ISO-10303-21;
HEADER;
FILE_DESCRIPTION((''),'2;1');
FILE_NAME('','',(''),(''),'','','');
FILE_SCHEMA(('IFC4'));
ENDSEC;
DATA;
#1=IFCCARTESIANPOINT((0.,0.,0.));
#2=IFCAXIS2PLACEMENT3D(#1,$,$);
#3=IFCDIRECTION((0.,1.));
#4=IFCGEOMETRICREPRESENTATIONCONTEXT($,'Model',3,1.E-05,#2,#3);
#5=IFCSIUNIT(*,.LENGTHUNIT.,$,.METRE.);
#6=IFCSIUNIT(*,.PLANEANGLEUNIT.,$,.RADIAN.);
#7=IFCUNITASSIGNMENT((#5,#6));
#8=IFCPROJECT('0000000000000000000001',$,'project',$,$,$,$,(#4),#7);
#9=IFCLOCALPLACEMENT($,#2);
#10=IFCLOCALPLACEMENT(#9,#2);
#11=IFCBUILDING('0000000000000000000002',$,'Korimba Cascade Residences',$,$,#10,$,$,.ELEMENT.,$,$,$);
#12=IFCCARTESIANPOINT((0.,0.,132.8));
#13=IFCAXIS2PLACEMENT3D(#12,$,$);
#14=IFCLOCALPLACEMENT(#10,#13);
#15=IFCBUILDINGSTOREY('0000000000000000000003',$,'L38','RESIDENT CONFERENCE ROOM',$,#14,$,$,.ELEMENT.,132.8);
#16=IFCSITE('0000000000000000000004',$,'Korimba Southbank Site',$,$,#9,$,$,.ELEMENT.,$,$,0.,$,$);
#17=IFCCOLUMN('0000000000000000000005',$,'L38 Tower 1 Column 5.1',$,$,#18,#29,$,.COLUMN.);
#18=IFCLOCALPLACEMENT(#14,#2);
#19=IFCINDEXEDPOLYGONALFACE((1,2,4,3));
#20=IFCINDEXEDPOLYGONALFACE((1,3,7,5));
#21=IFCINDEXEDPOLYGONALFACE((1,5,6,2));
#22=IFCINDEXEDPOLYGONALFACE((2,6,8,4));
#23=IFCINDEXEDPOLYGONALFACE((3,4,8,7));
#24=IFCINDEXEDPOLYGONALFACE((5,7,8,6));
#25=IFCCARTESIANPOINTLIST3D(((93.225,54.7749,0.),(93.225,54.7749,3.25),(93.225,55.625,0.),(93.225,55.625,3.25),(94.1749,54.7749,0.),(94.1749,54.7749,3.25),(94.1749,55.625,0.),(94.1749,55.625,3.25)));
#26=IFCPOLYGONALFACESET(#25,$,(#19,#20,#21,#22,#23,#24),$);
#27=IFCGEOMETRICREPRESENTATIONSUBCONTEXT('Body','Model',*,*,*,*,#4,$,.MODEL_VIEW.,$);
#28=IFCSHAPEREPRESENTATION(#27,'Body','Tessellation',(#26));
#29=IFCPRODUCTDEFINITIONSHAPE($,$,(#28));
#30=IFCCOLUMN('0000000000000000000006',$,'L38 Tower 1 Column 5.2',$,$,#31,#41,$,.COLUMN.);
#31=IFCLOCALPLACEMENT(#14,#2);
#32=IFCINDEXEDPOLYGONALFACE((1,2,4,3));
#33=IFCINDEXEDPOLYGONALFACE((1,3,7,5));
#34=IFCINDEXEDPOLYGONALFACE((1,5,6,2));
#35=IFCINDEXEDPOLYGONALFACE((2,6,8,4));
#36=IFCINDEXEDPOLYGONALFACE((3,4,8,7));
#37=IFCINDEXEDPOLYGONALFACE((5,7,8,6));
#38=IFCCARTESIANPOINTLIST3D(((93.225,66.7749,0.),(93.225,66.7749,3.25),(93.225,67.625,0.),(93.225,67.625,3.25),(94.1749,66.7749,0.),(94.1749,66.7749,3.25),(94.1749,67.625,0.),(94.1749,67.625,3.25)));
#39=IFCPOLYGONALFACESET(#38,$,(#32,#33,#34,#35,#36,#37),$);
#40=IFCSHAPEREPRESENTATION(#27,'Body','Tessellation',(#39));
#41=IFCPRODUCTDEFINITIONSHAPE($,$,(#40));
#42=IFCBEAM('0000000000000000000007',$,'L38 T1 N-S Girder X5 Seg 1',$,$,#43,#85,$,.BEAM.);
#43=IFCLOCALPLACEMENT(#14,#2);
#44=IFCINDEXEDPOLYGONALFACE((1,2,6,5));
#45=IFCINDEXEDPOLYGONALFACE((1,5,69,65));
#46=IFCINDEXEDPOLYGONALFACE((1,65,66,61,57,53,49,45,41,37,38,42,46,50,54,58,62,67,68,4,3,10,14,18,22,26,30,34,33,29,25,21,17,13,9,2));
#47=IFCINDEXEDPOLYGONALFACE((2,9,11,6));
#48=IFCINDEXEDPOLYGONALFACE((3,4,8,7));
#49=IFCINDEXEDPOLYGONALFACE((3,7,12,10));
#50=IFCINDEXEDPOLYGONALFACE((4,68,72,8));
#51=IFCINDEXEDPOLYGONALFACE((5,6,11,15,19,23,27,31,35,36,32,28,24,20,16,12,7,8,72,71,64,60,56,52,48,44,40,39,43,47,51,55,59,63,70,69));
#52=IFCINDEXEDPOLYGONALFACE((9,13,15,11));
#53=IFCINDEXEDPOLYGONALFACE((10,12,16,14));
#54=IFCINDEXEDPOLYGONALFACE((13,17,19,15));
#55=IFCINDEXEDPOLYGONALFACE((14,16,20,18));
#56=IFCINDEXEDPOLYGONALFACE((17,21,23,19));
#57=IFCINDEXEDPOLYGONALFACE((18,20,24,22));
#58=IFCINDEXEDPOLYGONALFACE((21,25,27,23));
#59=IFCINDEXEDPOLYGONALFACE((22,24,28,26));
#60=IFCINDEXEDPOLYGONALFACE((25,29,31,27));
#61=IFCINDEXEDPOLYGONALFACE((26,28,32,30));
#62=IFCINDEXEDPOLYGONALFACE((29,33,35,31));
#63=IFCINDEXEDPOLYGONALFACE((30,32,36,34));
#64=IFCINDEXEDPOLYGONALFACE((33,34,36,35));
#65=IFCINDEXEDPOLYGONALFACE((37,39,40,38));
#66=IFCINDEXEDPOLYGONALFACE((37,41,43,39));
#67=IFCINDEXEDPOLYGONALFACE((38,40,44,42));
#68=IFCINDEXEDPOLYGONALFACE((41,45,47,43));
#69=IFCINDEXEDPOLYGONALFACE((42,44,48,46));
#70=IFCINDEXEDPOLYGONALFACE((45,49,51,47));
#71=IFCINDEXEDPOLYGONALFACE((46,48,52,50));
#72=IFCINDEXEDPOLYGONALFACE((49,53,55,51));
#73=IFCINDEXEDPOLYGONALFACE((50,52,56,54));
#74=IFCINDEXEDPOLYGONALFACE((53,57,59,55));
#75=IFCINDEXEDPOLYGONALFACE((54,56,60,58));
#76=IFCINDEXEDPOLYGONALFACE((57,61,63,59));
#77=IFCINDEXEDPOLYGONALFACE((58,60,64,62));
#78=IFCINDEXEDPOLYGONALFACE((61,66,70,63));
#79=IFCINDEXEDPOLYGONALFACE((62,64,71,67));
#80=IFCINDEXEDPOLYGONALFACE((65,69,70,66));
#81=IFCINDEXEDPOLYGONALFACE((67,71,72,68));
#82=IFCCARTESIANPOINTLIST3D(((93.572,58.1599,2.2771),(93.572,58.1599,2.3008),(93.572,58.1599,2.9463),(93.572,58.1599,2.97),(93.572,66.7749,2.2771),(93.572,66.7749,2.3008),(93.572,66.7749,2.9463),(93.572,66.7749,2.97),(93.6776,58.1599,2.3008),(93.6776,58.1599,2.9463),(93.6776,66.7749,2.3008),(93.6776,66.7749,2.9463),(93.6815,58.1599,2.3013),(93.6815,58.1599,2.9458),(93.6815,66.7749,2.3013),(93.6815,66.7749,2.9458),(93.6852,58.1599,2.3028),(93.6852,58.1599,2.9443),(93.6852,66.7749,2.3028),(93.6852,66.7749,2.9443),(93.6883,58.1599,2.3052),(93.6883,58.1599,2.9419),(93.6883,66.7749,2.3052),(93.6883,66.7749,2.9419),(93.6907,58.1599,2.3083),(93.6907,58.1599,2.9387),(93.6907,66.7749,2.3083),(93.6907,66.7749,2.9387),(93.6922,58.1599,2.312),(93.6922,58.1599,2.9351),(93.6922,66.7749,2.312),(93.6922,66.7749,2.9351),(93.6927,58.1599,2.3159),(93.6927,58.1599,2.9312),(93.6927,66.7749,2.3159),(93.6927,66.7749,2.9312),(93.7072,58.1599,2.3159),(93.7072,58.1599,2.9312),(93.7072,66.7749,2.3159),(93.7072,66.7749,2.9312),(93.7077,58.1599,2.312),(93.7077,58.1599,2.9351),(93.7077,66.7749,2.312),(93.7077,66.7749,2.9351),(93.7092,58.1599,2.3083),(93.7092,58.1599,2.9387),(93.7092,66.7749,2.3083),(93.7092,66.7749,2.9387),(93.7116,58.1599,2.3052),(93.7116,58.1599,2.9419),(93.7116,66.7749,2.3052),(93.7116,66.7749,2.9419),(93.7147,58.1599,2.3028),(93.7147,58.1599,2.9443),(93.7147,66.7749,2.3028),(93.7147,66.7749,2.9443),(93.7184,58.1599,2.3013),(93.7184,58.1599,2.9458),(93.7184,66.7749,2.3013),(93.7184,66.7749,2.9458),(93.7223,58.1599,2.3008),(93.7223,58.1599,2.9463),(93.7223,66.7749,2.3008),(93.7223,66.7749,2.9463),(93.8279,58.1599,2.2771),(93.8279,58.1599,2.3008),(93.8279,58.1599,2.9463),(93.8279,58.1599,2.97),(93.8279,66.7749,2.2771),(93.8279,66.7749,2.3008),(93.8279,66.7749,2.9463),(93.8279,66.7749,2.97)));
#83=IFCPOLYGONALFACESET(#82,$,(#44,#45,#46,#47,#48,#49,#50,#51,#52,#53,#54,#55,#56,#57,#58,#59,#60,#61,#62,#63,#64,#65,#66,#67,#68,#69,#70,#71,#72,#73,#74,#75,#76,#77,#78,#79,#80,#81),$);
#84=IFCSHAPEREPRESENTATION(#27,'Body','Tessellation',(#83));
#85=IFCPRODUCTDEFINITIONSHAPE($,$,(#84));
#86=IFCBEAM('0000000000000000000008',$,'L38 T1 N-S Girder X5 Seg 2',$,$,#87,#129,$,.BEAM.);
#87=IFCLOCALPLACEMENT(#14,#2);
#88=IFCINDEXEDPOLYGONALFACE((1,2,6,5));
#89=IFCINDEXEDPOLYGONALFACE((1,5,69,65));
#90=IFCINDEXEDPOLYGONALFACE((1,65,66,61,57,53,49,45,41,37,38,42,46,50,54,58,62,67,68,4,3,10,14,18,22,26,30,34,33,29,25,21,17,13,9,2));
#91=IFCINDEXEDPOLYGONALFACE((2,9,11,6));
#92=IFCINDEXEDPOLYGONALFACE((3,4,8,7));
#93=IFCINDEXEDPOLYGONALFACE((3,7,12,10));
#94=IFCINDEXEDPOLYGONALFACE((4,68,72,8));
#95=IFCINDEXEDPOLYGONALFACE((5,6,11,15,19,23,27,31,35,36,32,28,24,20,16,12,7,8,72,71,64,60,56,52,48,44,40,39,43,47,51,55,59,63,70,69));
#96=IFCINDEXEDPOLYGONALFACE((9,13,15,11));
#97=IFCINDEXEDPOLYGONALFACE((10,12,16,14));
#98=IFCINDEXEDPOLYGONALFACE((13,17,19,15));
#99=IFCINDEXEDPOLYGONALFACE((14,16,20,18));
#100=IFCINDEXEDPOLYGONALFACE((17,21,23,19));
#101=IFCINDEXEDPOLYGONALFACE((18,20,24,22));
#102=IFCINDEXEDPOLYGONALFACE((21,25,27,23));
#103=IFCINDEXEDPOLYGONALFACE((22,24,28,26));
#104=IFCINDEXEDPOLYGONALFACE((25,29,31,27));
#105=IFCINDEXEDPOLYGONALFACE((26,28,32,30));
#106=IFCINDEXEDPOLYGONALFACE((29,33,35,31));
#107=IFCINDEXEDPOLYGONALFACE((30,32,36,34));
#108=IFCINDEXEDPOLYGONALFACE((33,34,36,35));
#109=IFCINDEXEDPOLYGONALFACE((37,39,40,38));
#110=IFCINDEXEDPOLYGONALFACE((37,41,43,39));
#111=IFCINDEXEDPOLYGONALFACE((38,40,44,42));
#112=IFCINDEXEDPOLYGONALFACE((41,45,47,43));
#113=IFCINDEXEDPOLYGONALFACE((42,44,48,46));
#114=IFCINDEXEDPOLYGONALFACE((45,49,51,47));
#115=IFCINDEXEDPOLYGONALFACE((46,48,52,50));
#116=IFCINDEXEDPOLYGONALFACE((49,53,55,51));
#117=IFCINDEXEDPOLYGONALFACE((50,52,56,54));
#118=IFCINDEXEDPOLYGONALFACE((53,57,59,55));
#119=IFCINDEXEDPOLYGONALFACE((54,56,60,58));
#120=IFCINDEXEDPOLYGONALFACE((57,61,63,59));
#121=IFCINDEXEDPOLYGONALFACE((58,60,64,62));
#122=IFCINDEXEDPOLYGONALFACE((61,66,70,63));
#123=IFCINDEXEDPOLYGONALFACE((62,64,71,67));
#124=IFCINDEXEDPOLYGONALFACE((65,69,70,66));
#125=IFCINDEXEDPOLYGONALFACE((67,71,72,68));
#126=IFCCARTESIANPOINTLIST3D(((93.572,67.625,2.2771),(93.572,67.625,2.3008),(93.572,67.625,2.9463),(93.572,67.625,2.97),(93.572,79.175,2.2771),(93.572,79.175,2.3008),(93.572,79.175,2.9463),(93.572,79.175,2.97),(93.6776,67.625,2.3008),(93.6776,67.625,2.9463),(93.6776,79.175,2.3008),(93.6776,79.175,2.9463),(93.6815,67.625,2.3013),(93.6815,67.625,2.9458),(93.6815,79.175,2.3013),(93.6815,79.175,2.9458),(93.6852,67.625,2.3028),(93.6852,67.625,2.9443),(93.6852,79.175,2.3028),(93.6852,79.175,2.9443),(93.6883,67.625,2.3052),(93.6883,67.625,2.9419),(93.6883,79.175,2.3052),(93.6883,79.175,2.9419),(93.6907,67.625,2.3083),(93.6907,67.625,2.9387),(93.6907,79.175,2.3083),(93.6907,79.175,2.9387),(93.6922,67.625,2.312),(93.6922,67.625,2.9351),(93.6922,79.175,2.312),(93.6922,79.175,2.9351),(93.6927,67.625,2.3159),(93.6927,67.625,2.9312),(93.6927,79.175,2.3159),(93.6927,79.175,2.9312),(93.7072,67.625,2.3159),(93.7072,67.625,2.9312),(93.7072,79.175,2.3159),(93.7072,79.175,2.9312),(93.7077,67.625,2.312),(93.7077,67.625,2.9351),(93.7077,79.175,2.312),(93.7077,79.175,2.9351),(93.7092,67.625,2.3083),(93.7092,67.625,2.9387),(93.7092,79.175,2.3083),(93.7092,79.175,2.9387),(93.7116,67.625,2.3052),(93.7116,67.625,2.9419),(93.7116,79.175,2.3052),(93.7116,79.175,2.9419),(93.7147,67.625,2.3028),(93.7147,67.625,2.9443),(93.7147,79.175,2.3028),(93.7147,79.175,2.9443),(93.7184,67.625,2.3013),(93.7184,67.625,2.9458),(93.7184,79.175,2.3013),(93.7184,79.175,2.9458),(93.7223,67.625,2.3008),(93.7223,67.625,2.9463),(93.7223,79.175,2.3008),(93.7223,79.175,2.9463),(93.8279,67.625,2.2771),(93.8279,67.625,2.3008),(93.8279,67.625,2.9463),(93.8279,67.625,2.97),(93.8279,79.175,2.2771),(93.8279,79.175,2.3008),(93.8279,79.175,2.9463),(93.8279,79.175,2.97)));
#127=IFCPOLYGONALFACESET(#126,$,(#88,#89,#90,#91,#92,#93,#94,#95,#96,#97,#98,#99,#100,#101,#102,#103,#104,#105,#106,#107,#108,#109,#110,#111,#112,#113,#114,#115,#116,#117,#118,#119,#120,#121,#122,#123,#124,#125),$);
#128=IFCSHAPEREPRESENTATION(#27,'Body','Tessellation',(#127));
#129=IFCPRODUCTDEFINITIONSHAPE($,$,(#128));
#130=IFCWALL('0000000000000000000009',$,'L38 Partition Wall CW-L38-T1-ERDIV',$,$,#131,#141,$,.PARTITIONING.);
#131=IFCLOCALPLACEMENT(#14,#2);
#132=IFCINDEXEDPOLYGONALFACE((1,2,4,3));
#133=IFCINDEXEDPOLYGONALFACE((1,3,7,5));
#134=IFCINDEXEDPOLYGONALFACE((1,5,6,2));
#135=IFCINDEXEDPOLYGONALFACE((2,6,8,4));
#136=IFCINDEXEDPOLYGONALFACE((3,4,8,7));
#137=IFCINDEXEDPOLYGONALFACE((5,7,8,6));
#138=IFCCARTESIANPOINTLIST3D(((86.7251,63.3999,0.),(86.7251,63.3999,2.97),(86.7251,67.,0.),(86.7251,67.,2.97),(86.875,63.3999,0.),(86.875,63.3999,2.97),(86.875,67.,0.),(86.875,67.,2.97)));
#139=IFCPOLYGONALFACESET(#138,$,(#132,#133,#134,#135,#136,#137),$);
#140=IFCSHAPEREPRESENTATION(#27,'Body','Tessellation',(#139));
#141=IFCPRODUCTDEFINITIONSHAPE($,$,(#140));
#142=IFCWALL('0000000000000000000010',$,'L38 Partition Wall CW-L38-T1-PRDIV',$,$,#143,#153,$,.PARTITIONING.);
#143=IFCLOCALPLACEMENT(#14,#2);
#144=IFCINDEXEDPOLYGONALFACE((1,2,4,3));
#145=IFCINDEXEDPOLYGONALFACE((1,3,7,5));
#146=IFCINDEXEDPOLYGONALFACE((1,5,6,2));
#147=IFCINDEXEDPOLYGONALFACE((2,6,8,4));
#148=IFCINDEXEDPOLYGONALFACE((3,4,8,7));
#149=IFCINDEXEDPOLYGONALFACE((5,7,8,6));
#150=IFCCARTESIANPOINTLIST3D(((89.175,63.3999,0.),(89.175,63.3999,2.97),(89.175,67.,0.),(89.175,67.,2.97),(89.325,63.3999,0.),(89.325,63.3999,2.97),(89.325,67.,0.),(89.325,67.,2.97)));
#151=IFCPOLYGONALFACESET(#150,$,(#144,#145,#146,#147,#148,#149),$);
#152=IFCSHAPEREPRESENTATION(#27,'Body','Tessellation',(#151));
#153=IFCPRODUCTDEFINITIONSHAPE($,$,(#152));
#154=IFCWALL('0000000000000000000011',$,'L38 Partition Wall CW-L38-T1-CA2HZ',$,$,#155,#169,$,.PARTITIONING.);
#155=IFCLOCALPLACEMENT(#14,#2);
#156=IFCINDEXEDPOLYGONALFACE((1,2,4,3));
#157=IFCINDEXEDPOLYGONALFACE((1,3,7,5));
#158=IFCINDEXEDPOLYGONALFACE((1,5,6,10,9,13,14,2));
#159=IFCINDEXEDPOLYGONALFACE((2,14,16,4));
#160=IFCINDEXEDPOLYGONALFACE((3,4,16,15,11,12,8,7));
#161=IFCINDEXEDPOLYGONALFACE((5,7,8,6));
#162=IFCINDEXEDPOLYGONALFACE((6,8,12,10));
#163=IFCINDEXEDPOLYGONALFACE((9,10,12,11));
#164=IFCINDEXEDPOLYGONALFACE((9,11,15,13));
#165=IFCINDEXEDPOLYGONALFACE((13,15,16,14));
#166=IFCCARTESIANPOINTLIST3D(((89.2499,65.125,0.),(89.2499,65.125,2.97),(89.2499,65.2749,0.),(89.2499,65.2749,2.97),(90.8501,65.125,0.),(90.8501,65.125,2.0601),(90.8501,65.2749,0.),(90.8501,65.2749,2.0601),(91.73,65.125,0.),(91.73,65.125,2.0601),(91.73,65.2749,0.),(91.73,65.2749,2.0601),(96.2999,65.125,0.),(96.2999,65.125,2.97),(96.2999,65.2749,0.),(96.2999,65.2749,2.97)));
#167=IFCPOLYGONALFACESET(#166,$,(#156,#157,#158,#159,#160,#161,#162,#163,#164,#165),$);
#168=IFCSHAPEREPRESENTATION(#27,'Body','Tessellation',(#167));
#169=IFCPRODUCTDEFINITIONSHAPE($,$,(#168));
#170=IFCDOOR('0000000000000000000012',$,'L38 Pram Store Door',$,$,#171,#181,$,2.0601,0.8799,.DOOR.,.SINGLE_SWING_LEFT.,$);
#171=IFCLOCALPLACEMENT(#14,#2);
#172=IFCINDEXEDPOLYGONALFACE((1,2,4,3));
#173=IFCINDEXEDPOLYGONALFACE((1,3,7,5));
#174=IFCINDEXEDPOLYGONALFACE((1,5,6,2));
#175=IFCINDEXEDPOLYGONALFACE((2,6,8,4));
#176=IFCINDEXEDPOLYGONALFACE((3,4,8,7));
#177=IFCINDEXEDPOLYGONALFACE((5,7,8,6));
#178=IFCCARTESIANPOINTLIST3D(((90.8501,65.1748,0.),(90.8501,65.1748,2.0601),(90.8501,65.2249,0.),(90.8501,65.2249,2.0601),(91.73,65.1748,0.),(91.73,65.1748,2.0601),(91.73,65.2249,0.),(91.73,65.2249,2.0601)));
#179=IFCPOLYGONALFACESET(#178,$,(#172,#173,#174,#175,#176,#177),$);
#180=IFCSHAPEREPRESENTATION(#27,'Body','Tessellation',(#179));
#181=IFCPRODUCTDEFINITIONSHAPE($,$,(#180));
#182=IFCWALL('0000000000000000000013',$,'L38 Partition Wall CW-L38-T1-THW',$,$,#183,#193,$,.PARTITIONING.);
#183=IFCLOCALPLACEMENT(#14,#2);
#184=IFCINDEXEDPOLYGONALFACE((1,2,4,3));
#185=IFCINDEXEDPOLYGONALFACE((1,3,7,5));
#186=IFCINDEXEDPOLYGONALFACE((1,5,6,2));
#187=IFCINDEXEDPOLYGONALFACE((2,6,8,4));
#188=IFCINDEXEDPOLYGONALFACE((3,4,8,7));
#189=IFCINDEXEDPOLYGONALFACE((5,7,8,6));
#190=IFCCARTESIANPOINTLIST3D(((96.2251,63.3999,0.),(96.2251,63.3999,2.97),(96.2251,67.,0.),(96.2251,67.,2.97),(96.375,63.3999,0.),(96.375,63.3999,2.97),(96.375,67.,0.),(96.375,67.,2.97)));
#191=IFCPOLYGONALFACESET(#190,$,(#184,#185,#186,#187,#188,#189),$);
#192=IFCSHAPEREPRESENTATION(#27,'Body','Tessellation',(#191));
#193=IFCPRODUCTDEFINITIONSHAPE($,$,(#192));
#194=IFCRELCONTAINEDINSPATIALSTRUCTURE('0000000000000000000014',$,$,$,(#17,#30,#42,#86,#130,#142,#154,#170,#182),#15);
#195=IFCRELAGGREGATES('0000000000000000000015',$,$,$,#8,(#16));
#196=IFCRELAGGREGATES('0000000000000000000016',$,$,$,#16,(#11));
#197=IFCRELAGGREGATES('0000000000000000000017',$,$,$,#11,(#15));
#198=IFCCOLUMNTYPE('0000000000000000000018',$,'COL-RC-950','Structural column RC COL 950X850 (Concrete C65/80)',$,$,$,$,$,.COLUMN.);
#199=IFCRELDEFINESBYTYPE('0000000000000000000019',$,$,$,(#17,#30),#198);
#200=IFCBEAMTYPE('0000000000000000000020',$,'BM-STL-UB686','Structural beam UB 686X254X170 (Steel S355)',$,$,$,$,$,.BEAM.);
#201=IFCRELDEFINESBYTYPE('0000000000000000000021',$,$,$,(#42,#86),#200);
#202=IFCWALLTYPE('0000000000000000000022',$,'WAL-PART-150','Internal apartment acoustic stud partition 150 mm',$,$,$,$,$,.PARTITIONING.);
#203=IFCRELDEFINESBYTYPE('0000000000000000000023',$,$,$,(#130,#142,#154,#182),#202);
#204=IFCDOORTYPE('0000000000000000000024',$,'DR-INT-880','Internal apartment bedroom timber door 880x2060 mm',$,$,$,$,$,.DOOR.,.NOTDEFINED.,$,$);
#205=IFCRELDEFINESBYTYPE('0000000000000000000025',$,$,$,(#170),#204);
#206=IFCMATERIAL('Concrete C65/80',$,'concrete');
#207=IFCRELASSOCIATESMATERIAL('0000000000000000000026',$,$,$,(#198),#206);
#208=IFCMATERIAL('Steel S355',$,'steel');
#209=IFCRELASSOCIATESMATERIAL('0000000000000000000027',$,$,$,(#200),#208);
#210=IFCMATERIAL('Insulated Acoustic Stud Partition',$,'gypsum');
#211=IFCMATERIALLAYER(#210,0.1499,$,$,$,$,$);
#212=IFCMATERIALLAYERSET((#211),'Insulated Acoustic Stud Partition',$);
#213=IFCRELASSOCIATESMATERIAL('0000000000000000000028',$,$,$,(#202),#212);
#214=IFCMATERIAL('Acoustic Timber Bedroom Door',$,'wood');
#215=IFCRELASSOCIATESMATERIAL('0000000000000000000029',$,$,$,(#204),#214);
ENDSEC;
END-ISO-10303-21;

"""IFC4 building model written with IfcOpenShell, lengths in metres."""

from ifc_helpers import new_model, si_unit, direction, frame, frame_2d, origin, origin_2d, place, context, subcontext, project, spatial, rectangle, i_section, extrude, material, layer, layer_set, material_profile, profile_set, type_object, element, fill, save


model = new_model("IFC4")

# Units and contexts
model_context = context("Model", 3, precision=1e-05, world=origin(), true_north=direction((0.0, 1.0)))
body_context = subcontext(model_context, "Body", "Model", "MODEL_VIEW")
ifc_project = project(units=[si_unit("LENGTHUNIT", "METRE"), si_unit("PLANEANGLEUNIT", "RADIAN")], contexts=[model_context])

# Site, building, storey
site_placement = place(None, origin())
site = spatial("IfcSite", under=ifc_project, at=site_placement, Name="Korimba Southbank Site", CompositionType="ELEMENT", RefElevation=0.0)
building_placement = place(site_placement, origin())
building = spatial("IfcBuilding", under=site, at=building_placement, Name="Korimba Cascade Residences", CompositionType="ELEMENT")
storey_placement = place(building_placement, frame((0.0, 0.0, 132.8)))
storey = spatial("IfcBuildingStorey", under=building, at=storey_placement, Name="L38", Description="RESIDENT CONFERENCE ROOM", CompositionType="ELEMENT", Elevation=132.8)

# Columns
ifc_material_1 = material(Name="Concrete C65/80", Category="concrete")
ifc_material_profile_1 = material_profile(ifc_material_1, rectangle(XDim=0.95, YDim=0.8501, at=origin_2d()), Name="Concrete C65/80")
ifc_profile_set_1 = profile_set([ifc_material_profile_1], Name="Concrete C65/80")
column_type = type_object("IfcColumnType", Name="COL-RC-950", Description="Structural column RC COL 950X850 (Concrete C65/80)", PredefinedType="COLUMN", material=ifc_profile_set_1)
for number, where, z_axis, x_axis, name in (
    (1, (93.7, 55.2, 0.0), (0.0, 0.0, 1.0), (1.0, 0.0, 0.0), "L38 Tower 1 Column 5.1"),
    (2, (93.7, 67.2, 0.0), (0.0, 0.0, 1.0), (1.0, 0.0, 0.0), "L38 Tower 1 Column 5.2"),
):
    element("IfcColumn", number, at=place(storey_placement, frame(where, z_axis=z_axis, x_axis=x_axis)), inside=storey, type_object=column_type, Name=name, PredefinedType="COLUMN", context=body_context, shape_type="SweptSolid", body=[
        extrude(rectangle(XDim=0.95, YDim=0.8501, at=origin_2d()), origin(), (0.0, 0.0, 1.0), 3.25),
    ])

# Beams
ifc_material_2 = material(Name="Steel S355", Category="steel")
ifc_material_profile_2 = material_profile(ifc_material_2, i_section(OverallWidth=0.2559, OverallDepth=0.6929, WebThickness=0.0144, FlangeThickness=0.0237, FilletRadius=0.0151, at=origin_2d()), Name="Steel S355")
ifc_profile_set_2 = profile_set([ifc_material_profile_2], Name="Steel S355")
beam_type = type_object("IfcBeamType", Name="BM-STL-UB686", Description="Structural beam UB 686X254X170 (Steel S355)", PredefinedType="BEAM", material=ifc_profile_set_2)
beam_1_placement = place(storey_placement, frame((93.7, 58.1599, 2.6235), z_axis=(0.0, 1.0, 0.0), x_axis=(-1.0, 0.0, 0.0)))
element("IfcBeam", 3, at=beam_1_placement, inside=storey, type_object=beam_type, Name="L38 T1 N-S Girder X5 Seg 1", PredefinedType="BEAM", context=body_context, shape_type="SweptSolid", body=[
    extrude(i_section(OverallWidth=0.2559, OverallDepth=0.6929, WebThickness=0.0144, FlangeThickness=0.0237, FilletRadius=0.0151, at=origin_2d()), origin(), (0.0, 0.0, 1.0), 8.615),
])
beam_2_placement = place(storey_placement, frame((93.7, 67.625, 2.6235), z_axis=(0.0, 1.0, 0.0), x_axis=(-1.0, 0.0, 0.0)))
element("IfcBeam", 4, at=beam_2_placement, inside=storey, type_object=beam_type, Name="L38 T1 N-S Girder X5 Seg 2", PredefinedType="BEAM", context=body_context, shape_type="SweptSolid", body=[
    extrude(i_section(OverallWidth=0.2559, OverallDepth=0.6929, WebThickness=0.0144, FlangeThickness=0.0237, FilletRadius=0.0151, at=origin_2d()), origin(), (0.0, 0.0, 1.0), 11.55),
])

# Walls
ifc_material_3 = material(Name="Insulated Acoustic Stud Partition", Category="gypsum")
ifc_layer_1 = layer(ifc_material_3, 0.1499)
ifc_layer_set_1 = layer_set([ifc_layer_1], Name="Insulated Acoustic Stud Partition")
wall_type_1 = type_object("IfcWallType", Name="WAL-PART-150", Description="Internal apartment acoustic stud partition 150 mm", PredefinedType="PARTITIONING", material=ifc_layer_set_1)
for number, where, z_axis, x_axis, name in (
    (5, (86.8, 63.3999, 0.0), (0.0, 0.0, 1.0), (0.0, 1.0, 0.0), "L38 Partition Wall CW-L38-T1-ERDIV"),
    (6, (89.25, 63.3999, 0.0), (0.0, 0.0, 1.0), (0.0, 1.0, 0.0), "L38 Partition Wall CW-L38-T1-PRDIV"),
):
    element("IfcWall", number, at=place(storey_placement, frame(where, z_axis=z_axis, x_axis=x_axis)), inside=storey, type_object=wall_type_1, Name=name, PredefinedType="PARTITIONING", context=body_context, shape_type="SweptSolid", body=[
        extrude(rectangle(XDim=3.6001, YDim=0.1499, at=frame_2d((1.8, 0.0))), origin(), (0.0, 0.0, 1.0), 2.97),
    ])

# Wall, opening, door
wall_1_placement = place(storey_placement, frame((89.25, 65.2, 0.0), z_axis=(0.0, 0.0, 1.0), x_axis=(1.0, 0.0, 0.0)))
wall_1 = element("IfcWall", 7, at=wall_1_placement, inside=storey, type_object=wall_type_1, Name="L38 Partition Wall CW-L38-T1-CA2HZ", PredefinedType="PARTITIONING", context=body_context, shape_type="SweptSolid", body=[
    extrude(rectangle(XDim=7.05, YDim=0.1499, at=frame_2d((3.5249, 0.0))), origin(), (0.0, 0.0, 1.0), 2.97),
])
opening_1_placement = place(wall_1_placement, frame((1.6001, 0.0, 0.0)))
opening_1 = element("IfcOpeningElement", 8, at=opening_1_placement, cuts=wall_1, PredefinedType="OPENING", context=body_context, shape_type="SweptSolid", body=[
    extrude(rectangle(XDim=0.8799, YDim=2.0601, at=frame_2d((0.4399, 1.03))), frame((0.0, 0.085, 0.0), z_axis=(0.0, -1.0, 0.0), x_axis=(1.0, 0.0, 0.0)), (0.0, 0.0, 1.0), 0.1699),
])
ifc_material_4 = material(Name="Acoustic Timber Bedroom Door", Category="wood")
door_type_1 = type_object("IfcDoorType", Name="DR-INT-880", Description="Internal apartment bedroom timber door 880x2060 mm", OperationType="NOTDEFINED", PredefinedType="DOOR", material=ifc_material_4)
door_1_placement = place(opening_1_placement, origin())
door_1 = element("IfcDoor", 9, at=door_1_placement, inside=storey, type_object=door_type_1, Name="L38 Pram Store Door", OperationType="SINGLE_SWING_LEFT", OverallHeight=2.0601, OverallWidth=0.8799, PredefinedType="DOOR", context=body_context, shape_type="SweptSolid", body=[
    extrude(rectangle(XDim=0.8799, YDim=2.0601, at=frame_2d((0.4399, 1.03))), frame((0.0, 0.0249, 0.0), z_axis=(0.0, -1.0, 0.0), x_axis=(1.0, 0.0, 0.0)), (0.0, 0.0, 1.0), 0.05),
])
fill(opening_1, door_1)

# Wall
wall_2_placement = place(storey_placement, frame((96.3, 63.3999, 0.0), z_axis=(0.0, 0.0, 1.0), x_axis=(0.0, 1.0, 0.0)))
element("IfcWall", 10, at=wall_2_placement, inside=storey, type_object=wall_type_1, Name="L38 Partition Wall CW-L38-T1-THW", PredefinedType="PARTITIONING", context=body_context, shape_type="SweptSolid", body=[
    extrude(rectangle(XDim=3.6001, YDim=0.1499, at=frame_2d((1.8, 0.0))), origin(), (0.0, 0.0, 1.0), 2.97),
])

save(model, "model.ifc")
